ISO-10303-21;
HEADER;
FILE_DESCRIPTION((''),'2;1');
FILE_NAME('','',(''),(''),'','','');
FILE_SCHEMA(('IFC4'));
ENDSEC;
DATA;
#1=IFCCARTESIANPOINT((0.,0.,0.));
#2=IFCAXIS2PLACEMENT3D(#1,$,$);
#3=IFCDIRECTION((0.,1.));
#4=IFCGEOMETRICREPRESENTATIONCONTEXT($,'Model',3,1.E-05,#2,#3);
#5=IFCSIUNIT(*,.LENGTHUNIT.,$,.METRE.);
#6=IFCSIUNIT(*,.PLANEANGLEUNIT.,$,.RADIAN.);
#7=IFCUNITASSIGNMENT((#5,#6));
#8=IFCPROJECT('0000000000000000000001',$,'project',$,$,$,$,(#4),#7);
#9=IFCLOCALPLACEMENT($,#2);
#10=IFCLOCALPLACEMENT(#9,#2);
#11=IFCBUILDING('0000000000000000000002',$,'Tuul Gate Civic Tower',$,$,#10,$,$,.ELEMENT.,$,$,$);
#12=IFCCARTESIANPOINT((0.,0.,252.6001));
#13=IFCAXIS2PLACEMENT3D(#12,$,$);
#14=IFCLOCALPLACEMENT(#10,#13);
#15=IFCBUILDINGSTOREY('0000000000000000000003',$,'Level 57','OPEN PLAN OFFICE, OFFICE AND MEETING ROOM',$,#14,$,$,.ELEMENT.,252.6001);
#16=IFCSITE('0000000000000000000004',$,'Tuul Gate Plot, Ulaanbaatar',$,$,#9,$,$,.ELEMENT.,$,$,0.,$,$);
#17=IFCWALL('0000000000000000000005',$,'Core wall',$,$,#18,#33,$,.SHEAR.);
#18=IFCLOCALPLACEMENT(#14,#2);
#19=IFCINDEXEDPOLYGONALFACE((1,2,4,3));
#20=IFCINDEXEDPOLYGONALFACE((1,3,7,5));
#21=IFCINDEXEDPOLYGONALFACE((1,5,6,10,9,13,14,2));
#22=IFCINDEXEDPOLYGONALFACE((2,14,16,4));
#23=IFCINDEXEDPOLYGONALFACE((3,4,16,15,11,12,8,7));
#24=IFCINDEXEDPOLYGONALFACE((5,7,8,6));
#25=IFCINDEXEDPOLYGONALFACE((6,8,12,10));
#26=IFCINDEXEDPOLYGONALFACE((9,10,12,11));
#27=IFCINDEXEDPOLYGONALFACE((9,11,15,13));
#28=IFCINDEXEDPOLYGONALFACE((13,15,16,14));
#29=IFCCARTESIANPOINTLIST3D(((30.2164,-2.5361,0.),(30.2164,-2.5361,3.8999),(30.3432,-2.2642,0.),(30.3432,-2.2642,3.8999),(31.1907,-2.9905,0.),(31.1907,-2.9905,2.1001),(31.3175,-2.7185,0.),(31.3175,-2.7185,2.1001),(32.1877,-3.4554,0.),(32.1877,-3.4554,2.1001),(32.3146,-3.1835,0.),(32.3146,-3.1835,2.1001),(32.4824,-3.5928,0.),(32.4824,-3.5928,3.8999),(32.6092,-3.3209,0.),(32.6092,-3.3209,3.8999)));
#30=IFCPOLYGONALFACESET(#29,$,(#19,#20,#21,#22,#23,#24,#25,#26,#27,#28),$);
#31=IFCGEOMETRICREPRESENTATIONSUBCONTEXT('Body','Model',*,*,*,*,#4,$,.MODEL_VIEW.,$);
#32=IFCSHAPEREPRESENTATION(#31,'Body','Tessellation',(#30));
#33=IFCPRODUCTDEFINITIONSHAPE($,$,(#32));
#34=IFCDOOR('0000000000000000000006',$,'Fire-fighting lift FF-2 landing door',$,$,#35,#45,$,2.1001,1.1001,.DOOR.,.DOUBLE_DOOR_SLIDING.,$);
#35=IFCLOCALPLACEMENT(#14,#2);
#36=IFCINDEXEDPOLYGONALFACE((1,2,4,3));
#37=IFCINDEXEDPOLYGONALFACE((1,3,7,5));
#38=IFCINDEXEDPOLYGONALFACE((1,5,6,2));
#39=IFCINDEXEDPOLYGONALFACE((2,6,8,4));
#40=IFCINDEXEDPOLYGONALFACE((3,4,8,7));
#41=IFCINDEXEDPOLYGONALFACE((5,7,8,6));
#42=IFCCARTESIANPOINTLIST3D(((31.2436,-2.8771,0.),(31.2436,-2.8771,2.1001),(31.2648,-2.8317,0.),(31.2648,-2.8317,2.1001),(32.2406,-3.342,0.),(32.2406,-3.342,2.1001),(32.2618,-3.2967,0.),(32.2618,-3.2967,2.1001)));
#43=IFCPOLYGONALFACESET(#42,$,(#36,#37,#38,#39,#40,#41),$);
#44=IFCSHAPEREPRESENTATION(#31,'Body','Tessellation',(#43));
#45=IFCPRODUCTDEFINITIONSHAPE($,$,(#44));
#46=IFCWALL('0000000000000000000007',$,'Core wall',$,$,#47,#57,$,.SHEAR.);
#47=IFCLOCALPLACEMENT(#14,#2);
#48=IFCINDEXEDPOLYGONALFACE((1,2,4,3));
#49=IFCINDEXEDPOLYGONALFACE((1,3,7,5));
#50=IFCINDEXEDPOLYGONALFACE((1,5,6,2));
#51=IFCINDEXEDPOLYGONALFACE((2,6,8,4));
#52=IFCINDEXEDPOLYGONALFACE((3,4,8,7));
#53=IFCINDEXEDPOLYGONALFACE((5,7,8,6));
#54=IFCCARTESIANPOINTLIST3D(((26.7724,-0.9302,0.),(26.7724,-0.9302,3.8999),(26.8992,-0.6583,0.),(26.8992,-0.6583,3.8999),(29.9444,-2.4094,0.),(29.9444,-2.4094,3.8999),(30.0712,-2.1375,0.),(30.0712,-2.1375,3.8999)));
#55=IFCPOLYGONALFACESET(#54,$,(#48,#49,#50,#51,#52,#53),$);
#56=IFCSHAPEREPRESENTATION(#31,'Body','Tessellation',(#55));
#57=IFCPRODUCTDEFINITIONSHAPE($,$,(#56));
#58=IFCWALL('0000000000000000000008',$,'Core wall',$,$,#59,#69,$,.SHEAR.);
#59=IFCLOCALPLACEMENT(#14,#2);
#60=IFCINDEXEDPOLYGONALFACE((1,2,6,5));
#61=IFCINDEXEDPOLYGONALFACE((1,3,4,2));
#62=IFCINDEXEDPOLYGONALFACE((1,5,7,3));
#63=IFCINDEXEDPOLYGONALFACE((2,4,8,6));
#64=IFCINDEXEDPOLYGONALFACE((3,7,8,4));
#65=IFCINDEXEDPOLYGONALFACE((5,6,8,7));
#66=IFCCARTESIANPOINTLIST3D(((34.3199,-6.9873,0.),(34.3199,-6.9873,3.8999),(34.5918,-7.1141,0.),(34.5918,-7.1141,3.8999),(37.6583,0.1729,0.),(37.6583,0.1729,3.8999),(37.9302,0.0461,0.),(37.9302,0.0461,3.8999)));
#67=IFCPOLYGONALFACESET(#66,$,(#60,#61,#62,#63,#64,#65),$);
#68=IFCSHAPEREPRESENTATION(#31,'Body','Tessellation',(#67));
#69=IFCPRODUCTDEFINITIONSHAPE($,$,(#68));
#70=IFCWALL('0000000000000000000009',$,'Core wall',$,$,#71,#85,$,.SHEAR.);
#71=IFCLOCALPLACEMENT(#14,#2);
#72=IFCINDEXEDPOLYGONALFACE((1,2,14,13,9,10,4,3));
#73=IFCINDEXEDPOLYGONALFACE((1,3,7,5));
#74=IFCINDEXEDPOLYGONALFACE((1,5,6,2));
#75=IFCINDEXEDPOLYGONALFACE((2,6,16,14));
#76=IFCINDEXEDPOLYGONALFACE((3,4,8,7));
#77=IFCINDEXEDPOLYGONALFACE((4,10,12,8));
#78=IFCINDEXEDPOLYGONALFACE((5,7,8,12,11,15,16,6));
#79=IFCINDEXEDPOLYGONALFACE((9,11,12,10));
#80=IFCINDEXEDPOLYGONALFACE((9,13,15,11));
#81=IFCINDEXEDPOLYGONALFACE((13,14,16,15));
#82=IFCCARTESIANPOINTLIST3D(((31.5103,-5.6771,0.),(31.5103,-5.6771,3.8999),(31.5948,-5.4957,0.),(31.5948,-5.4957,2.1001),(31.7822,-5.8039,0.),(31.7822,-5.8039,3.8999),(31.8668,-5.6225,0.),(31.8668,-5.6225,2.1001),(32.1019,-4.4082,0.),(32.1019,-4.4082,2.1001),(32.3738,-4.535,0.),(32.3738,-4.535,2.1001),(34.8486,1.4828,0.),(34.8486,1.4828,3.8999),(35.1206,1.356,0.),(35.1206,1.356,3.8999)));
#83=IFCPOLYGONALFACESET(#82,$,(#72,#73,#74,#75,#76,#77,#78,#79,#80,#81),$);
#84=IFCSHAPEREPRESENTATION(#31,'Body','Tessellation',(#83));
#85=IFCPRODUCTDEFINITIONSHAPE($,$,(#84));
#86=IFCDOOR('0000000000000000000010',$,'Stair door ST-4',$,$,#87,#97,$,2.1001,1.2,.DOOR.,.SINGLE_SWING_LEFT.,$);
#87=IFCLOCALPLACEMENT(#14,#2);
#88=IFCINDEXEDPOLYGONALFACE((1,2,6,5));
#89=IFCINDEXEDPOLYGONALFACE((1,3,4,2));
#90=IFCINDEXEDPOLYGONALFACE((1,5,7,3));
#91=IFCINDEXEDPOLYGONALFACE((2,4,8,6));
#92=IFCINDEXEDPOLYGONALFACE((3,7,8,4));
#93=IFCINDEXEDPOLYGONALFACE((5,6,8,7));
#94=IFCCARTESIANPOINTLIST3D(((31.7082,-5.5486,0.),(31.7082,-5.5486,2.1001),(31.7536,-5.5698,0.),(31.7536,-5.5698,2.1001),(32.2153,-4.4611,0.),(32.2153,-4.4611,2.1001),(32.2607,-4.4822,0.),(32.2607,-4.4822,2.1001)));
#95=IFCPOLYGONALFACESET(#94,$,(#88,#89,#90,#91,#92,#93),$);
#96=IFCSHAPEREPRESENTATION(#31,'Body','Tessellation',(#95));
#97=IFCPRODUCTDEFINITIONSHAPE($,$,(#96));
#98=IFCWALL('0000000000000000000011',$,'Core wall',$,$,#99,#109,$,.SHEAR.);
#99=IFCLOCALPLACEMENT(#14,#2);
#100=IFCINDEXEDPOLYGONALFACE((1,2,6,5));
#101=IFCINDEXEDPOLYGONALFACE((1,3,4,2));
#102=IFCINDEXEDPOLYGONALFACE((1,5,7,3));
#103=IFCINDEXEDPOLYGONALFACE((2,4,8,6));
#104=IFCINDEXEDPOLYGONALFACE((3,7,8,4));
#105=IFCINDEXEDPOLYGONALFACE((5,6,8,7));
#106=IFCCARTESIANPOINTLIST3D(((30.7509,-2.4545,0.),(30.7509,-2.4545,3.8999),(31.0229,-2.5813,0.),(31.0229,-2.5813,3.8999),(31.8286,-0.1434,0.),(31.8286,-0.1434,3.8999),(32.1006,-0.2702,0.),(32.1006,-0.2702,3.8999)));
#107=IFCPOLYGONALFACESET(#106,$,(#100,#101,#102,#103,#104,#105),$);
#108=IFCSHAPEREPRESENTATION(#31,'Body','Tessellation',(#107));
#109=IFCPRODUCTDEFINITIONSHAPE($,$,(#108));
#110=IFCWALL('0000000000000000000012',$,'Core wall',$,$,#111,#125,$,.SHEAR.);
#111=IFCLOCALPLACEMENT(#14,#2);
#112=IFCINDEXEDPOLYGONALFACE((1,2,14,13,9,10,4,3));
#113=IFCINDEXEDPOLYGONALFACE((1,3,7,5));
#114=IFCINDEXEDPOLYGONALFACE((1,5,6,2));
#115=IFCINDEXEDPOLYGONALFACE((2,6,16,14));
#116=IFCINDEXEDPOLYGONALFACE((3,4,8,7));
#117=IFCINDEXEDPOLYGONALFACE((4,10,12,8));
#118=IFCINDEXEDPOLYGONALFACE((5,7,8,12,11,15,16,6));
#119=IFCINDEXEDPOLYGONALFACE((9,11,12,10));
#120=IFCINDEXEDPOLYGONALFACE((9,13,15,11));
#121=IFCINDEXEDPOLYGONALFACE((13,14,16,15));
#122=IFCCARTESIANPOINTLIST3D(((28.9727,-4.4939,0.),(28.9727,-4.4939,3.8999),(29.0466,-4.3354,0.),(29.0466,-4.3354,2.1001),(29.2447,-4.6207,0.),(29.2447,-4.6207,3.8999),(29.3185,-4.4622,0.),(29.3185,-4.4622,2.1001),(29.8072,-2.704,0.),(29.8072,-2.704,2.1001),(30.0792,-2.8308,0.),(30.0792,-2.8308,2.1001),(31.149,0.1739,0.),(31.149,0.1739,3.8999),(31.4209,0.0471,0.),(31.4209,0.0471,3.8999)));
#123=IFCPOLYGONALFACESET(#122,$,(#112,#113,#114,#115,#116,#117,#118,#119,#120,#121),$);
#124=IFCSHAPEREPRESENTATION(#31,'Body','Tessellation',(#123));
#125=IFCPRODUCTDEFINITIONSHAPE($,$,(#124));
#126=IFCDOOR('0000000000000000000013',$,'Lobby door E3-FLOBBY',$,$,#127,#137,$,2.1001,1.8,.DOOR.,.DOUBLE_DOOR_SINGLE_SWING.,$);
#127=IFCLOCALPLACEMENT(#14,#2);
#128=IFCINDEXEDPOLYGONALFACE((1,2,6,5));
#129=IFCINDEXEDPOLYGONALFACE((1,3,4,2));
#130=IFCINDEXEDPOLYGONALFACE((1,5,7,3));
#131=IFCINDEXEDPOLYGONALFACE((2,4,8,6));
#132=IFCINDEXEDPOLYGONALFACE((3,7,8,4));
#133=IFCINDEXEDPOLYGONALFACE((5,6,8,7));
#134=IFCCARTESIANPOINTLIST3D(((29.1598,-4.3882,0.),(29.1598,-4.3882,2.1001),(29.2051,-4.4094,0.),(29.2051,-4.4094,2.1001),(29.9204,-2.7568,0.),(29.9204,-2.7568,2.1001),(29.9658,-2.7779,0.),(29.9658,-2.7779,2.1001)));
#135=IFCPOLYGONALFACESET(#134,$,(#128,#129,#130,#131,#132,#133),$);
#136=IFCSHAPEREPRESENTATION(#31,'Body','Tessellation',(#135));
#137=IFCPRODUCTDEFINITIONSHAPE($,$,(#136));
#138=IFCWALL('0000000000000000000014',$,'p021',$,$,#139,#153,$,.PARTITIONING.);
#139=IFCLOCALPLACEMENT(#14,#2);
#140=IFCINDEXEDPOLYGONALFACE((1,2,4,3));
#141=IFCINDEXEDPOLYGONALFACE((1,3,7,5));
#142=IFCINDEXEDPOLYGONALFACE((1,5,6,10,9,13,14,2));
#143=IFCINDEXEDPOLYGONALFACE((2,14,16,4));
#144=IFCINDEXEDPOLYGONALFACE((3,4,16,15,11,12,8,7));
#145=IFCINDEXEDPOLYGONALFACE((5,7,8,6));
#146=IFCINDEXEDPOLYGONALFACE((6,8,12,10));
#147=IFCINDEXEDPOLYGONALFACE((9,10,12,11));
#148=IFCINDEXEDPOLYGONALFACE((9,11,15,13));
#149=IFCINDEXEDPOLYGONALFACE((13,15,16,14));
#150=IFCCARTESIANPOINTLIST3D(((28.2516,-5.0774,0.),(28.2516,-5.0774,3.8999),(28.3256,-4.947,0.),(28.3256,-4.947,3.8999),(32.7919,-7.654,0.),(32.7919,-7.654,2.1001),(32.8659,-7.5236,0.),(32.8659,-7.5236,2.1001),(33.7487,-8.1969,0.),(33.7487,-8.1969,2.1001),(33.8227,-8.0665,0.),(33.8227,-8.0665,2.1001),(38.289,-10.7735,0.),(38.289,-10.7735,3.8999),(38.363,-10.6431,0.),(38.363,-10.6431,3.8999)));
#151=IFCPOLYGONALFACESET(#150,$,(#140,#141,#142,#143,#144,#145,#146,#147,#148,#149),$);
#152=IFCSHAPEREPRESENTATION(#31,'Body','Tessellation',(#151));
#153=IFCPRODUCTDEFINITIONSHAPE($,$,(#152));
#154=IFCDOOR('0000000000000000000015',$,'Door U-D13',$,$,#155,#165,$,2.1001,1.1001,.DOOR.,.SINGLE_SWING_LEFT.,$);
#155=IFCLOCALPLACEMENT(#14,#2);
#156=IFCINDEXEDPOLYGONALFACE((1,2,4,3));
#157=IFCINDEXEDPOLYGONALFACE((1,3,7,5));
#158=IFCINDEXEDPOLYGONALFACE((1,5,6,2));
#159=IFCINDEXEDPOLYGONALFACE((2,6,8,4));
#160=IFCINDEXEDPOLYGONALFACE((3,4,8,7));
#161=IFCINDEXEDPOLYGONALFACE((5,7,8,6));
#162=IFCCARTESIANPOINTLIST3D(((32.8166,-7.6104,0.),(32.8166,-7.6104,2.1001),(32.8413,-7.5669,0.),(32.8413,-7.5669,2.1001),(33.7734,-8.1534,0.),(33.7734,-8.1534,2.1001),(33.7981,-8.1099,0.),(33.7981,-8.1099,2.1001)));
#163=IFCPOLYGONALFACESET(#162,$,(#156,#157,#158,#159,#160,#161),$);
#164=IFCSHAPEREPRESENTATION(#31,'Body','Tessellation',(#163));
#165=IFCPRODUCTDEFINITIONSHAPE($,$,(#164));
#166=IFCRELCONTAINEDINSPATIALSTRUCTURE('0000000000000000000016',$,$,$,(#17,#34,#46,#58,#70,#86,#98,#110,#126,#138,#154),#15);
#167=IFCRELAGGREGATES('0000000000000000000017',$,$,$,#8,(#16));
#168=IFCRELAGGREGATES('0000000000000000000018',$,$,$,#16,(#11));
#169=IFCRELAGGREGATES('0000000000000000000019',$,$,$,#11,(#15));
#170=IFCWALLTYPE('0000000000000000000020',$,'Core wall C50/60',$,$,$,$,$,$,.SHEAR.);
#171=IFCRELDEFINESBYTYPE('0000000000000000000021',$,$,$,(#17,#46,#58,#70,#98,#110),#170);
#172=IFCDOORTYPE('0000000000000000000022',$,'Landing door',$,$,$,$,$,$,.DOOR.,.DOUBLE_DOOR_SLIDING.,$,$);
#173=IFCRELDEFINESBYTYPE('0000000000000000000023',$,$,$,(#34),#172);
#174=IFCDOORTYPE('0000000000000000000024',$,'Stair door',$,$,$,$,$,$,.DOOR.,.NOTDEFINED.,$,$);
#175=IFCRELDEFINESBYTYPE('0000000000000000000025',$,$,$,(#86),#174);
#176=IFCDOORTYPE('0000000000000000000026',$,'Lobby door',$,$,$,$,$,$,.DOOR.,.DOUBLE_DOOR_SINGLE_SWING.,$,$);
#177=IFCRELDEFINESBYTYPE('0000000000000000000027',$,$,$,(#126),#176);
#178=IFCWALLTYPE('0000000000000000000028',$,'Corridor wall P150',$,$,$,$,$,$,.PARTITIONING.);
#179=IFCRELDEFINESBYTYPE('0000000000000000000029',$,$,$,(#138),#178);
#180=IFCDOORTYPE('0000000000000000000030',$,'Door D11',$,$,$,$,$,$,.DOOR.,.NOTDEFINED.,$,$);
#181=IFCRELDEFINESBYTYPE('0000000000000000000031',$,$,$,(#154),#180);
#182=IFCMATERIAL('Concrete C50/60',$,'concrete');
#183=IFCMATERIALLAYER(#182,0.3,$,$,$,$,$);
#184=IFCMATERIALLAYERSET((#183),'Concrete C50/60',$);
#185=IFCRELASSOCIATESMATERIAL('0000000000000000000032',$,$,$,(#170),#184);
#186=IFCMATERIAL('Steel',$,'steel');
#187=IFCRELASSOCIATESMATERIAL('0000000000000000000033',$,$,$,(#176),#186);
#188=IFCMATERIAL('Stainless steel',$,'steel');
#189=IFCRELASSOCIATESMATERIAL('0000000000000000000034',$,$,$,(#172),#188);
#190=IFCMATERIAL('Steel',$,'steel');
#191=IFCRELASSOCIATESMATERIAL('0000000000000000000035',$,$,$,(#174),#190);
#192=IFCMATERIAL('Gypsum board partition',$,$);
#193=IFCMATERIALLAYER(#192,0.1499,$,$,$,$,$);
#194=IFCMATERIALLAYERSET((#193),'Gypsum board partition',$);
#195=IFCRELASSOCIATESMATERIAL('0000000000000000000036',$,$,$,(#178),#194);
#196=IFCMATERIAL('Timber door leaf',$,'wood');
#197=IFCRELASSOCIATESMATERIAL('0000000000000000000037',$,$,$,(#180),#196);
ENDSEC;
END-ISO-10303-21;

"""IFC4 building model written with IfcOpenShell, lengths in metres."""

from ifc_helpers import new_model, si_unit, direction, frame, frame_2d, origin, place, context, subcontext, project, spatial, rectangle, extrude, material, layer, layer_set, type_object, element, fill, save


model = new_model("IFC4")

# Units and contexts
model_context = context("Model", 3, precision=1e-05, world=origin(), true_north=direction((0.0, 1.0)))
body_context = subcontext(model_context, "Body", "Model", "MODEL_VIEW")
ifc_project = project(units=[si_unit("LENGTHUNIT", "METRE"), si_unit("PLANEANGLEUNIT", "RADIAN")], contexts=[model_context])

# Site, building, storey
site_placement = place(None, origin())
site = spatial("IfcSite", under=ifc_project, at=site_placement, Name="Tuul Gate Plot, Ulaanbaatar", CompositionType="ELEMENT", RefElevation=0.0)
building_placement = place(site_placement, origin())
building = spatial("IfcBuilding", under=site, at=building_placement, Name="Tuul Gate Civic Tower", CompositionType="ELEMENT")
storey_placement = place(building_placement, frame((0.0, 0.0, 252.6001)))
storey = spatial("IfcBuildingStorey", under=building, at=storey_placement, Name="Level 57", Description="OPEN PLAN OFFICE, OFFICE AND MEETING ROOM", CompositionType="ELEMENT", Elevation=252.6001)

# Wall, opening, door
ifc_material_1 = material(Name="Concrete C50/60", Category="concrete")
ifc_layer_1 = layer(ifc_material_1, 0.3)
ifc_layer_set_1 = layer_set([ifc_layer_1], Name="Concrete C50/60")
wall_type_1 = type_object("IfcWallType", Name="Core wall C50/60", PredefinedType="SHEAR", material=ifc_layer_set_1)
ifc_material_2 = material(Name="Steel", Category="steel")
door_type_1 = type_object("IfcDoorType", Name="Lobby door", OperationType="DOUBLE_DOOR_SINGLE_SWING", PredefinedType="DOOR", material=ifc_material_2)
wall_1_placement = place(storey_placement, frame((32.5457, -3.4568, 0.0), z_axis=(0.0, 0.0, 1.0), x_axis=(-0.9063, 0.422634, 0.0)))
wall_1 = element("IfcWall", 1, at=wall_1_placement, inside=storey, type_object=wall_type_1, Name="Core wall", PredefinedType="SHEAR", context=body_context, shape_type="SweptSolid", body=[
    extrude(rectangle(XDim=2.5002, YDim=0.3, at=frame_2d((1.25, 0.0))), origin(), (0.0, 0.0, 1.0), 3.8999),
])
opening_1_placement = place(wall_1_placement, frame((0.325, 0.0, 0.0)))
opening_1 = element("IfcOpeningElement", 2, at=opening_1_placement, cuts=wall_1, PredefinedType="OPENING", context=body_context, shape_type="SweptSolid", body=[
    extrude(rectangle(XDim=1.1001, YDim=2.1001, at=frame_2d((0.55, 1.05))), frame((0.0, 0.1602, 0.0), z_axis=(0.0, -1.0, 0.0), x_axis=(1.0, 0.0, 0.0)), (0.0, 0.0, 1.0), 0.3201),
])
ifc_material_3 = material(Name="Stainless steel", Category="steel")
door_type_2 = type_object("IfcDoorType", Name="Landing door", OperationType="DOUBLE_DOOR_SLIDING", PredefinedType="DOOR", material=ifc_material_3)
door_1_placement = place(opening_1_placement, origin())
door_1 = element("IfcDoor", 3, at=door_1_placement, inside=storey, type_object=door_type_2, Name="Fire-fighting lift FF-2 landing door", OperationType="DOUBLE_DOOR_SLIDING", OverallHeight=2.1001, OverallWidth=1.1001, PredefinedType="DOOR", context=body_context, shape_type="SweptSolid", body=[
    extrude(rectangle(XDim=1.1001, YDim=2.1001, at=frame_2d((0.55, 1.05))), frame((0.0, 0.0249, 0.0), z_axis=(0.0, -1.0, 0.0), x_axis=(1.0, 0.0, 0.0)), (0.0, 0.0, 1.0), 0.05),
])
fill(opening_1, door_1)

# Walls
wall_2_placement = place(storey_placement, frame((30.0078, -2.2734, 0.0), z_axis=(0.0, 0.0, 1.0), x_axis=(-0.906301, 0.422633, 0.0)))
element("IfcWall", 4, at=wall_2_placement, inside=storey, type_object=wall_type_1, Name="Core wall", PredefinedType="SHEAR", context=body_context, shape_type="SweptSolid", body=[
    extrude(rectangle(XDim=3.5, YDim=0.3, at=frame_2d((1.75, 0.0))), origin(), (0.0, 0.0, 1.0), 3.8999),
])
wall_3_placement = place(storey_placement, frame((34.4558, -7.0508, 0.0), z_axis=(0.0, 0.0, 1.0), x_axis=(0.422571, 0.90633, 0.0)))
element("IfcWall", 5, at=wall_3_placement, inside=storey, type_object=wall_type_1, Name="Core wall", PredefinedType="SHEAR", context=body_context, shape_type="SweptSolid", body=[
    extrude(rectangle(XDim=7.9001, YDim=0.3, at=frame_2d((3.9502, 0.0))), origin(), (0.0, 0.0, 1.0), 3.8999),
])

# Wall, opening, door
wall_4_placement = place(storey_placement, frame((31.6462, -5.7405, 0.0), z_axis=(0.0, 0.0, 1.0), x_axis=(0.422583, 0.906324, 0.0)))
wall_4 = element("IfcWall", 6, at=wall_4_placement, inside=storey, type_object=wall_type_1, Name="Core wall", PredefinedType="SHEAR", context=body_context, shape_type="SweptSolid", body=[
    extrude(rectangle(XDim=7.8999, YDim=0.3, at=frame_2d((3.95, 0.0))), origin(), (0.0, 0.0, 1.0), 3.8999),
])
opening_2_placement = place(wall_4_placement, frame((0.2, 0.0, 0.0)))
opening_2 = element("IfcOpeningElement", 7, at=opening_2_placement, cuts=wall_4, PredefinedType="OPENING", context=body_context, shape_type="SweptSolid", body=[
    extrude(rectangle(XDim=1.2, YDim=2.1001, at=frame_2d((0.6001, 1.05))), frame((0.0, 0.1602, 0.0), z_axis=(0.0, -1.0, 0.0), x_axis=(1.0, 0.0, 0.0)), (0.0, 0.0, 1.0), 0.3201),
])
ifc_material_4 = material(Name="Steel", Category="steel")
door_type_3 = type_object("IfcDoorType", Name="Stair door", OperationType="NOTDEFINED", PredefinedType="DOOR", material=ifc_material_4)
door_2_placement = place(opening_2_placement, origin())
door_2 = element("IfcDoor", 8, at=door_2_placement, inside=storey, type_object=door_type_3, Name="Stair door ST-4", OperationType="SINGLE_SWING_LEFT", OverallHeight=2.1001, OverallWidth=1.2, PredefinedType="DOOR", context=body_context, shape_type="SweptSolid", body=[
    extrude(rectangle(XDim=1.2, YDim=2.1001, at=frame_2d((0.6001, 1.05))), frame((0.0, 0.0249, 0.0), z_axis=(0.0, -1.0, 0.0), x_axis=(1.0, 0.0, 0.0)), (0.0, 0.0, 1.0), 0.05),
])
fill(opening_2, door_2)

# Wall
wall_5_placement = place(storey_placement, frame((30.887, -2.5178, 0.0), z_axis=(0.0, 0.0, 1.0), x_axis=(0.422613, 0.90631, 0.0)))
element("IfcWall", 9, at=wall_5_placement, inside=storey, type_object=wall_type_1, Name="Core wall", PredefinedType="SHEAR", context=body_context, shape_type="SweptSolid", body=[
    extrude(rectangle(XDim=2.55, YDim=0.3, at=frame_2d((1.2749, 0.0))), origin(), (0.0, 0.0, 1.0), 3.8999),
])

# Walls, openings, doors
wall_6_placement = place(storey_placement, frame((29.1086, -4.5574, 0.0), z_axis=(0.0, 0.0, 1.0), x_axis=(0.422566, 0.906332, 0.0)))
wall_6 = element("IfcWall", 10, at=wall_6_placement, inside=storey, type_object=wall_type_1, Name="Core wall", PredefinedType="SHEAR", context=body_context, shape_type="SweptSolid", body=[
    extrude(rectangle(XDim=5.1501, YDim=0.3, at=frame_2d((2.5752, 0.0))), origin(), (0.0, 0.0, 1.0), 3.8999),
])
opening_3_placement = place(wall_6_placement, frame((0.175, 0.0, 0.0)))
opening_3 = element("IfcOpeningElement", 11, at=opening_3_placement, cuts=wall_6, PredefinedType="OPENING", context=body_context, shape_type="SweptSolid", body=[
    extrude(rectangle(XDim=1.8, YDim=2.1001, at=frame_2d((0.8999, 1.05))), frame((0.0, 0.1602, 0.0), z_axis=(0.0, -1.0, 0.0), x_axis=(1.0, 0.0, 0.0)), (0.0, 0.0, 1.0), 0.3201),
])
door_3_placement = place(opening_3_placement, frame((1.8, 0.0, 0.0), z_axis=(0.0, 0.0, 1.0), x_axis=(-1.0, 0.0, 0.0)))
door_3 = element("IfcDoor", 12, at=door_3_placement, inside=storey, type_object=door_type_1, Name="Lobby door E3-FLOBBY", OperationType="DOUBLE_DOOR_SINGLE_SWING", OverallHeight=2.1001, OverallWidth=1.8, PredefinedType="DOOR", context=body_context, shape_type="SweptSolid", body=[
    extrude(rectangle(XDim=1.8, YDim=2.1001, at=frame_2d((0.9001, 1.05))), frame((0.0, 0.0249, 0.0), z_axis=(0.0, -1.0, 0.0), x_axis=(1.0, 0.0, 0.0)), (0.0, 0.0, 1.0), 0.05),
])
fill(opening_3, door_3)
ifc_material_5 = material(Name="Gypsum board partition")
ifc_layer_2 = layer(ifc_material_5, 0.1499)
ifc_layer_set_2 = layer_set([ifc_layer_2], Name="Gypsum board partition")
wall_type_2 = type_object("IfcWallType", Name="Corridor wall P150", PredefinedType="PARTITIONING", material=ifc_layer_set_2)
wall_7_placement = place(storey_placement, frame((28.2886, -5.0122, 0.0), z_axis=(0.0, 0.0, 1.0), x_axis=(0.869717, -0.493551, 0.0)))
wall_7 = element("IfcWall", 13, at=wall_7_placement, inside=storey, type_object=wall_type_2, Name="p021", PredefinedType="PARTITIONING", context=body_context, shape_type="SweptSolid", body=[
    extrude(rectangle(XDim=11.541, YDim=0.1499, at=frame_2d((5.7705, 0.0))), origin(), (0.0, 0.0, 1.0), 3.8999),
])
opening_4_placement = place(wall_7_placement, frame((5.2205, 0.0, 0.0)))
opening_4 = element("IfcOpeningElement", 14, at=opening_4_placement, cuts=wall_7, PredefinedType="OPENING", context=body_context, shape_type="SweptSolid", body=[
    extrude(rectangle(XDim=1.1001, YDim=2.1001, at=frame_2d((0.55, 1.05))), frame((0.0, 0.085, 0.0), z_axis=(0.0, -1.0, 0.0), x_axis=(1.0, 0.0, 0.0)), (0.0, 0.0, 1.0), 0.1699),
])
ifc_material_6 = material(Name="Timber door leaf", Category="wood")
door_type_4 = type_object("IfcDoorType", Name="Door D11", OperationType="NOTDEFINED", PredefinedType="DOOR", material=ifc_material_6)
door_4_placement = place(opening_4_placement, frame((1.1001, 0.0, 0.0), z_axis=(0.0, 0.0, 1.0), x_axis=(-1.0, 0.0, 0.0)))
door_4 = element("IfcDoor", 15, at=door_4_placement, inside=storey, type_object=door_type_4, Name="Door U-D13", OperationType="SINGLE_SWING_LEFT", OverallHeight=2.1001, OverallWidth=1.1001, PredefinedType="DOOR", context=body_context, shape_type="SweptSolid", body=[
    extrude(rectangle(XDim=1.1001, YDim=2.1001, at=frame_2d((0.55, 1.05))), frame((0.0, 0.0249, 0.0), z_axis=(0.0, -1.0, 0.0), x_axis=(1.0, 0.0, 0.0)), (0.0, 0.0, 1.0), 0.05),
])
fill(opening_4, door_4)

save(model, "model.ifc")
